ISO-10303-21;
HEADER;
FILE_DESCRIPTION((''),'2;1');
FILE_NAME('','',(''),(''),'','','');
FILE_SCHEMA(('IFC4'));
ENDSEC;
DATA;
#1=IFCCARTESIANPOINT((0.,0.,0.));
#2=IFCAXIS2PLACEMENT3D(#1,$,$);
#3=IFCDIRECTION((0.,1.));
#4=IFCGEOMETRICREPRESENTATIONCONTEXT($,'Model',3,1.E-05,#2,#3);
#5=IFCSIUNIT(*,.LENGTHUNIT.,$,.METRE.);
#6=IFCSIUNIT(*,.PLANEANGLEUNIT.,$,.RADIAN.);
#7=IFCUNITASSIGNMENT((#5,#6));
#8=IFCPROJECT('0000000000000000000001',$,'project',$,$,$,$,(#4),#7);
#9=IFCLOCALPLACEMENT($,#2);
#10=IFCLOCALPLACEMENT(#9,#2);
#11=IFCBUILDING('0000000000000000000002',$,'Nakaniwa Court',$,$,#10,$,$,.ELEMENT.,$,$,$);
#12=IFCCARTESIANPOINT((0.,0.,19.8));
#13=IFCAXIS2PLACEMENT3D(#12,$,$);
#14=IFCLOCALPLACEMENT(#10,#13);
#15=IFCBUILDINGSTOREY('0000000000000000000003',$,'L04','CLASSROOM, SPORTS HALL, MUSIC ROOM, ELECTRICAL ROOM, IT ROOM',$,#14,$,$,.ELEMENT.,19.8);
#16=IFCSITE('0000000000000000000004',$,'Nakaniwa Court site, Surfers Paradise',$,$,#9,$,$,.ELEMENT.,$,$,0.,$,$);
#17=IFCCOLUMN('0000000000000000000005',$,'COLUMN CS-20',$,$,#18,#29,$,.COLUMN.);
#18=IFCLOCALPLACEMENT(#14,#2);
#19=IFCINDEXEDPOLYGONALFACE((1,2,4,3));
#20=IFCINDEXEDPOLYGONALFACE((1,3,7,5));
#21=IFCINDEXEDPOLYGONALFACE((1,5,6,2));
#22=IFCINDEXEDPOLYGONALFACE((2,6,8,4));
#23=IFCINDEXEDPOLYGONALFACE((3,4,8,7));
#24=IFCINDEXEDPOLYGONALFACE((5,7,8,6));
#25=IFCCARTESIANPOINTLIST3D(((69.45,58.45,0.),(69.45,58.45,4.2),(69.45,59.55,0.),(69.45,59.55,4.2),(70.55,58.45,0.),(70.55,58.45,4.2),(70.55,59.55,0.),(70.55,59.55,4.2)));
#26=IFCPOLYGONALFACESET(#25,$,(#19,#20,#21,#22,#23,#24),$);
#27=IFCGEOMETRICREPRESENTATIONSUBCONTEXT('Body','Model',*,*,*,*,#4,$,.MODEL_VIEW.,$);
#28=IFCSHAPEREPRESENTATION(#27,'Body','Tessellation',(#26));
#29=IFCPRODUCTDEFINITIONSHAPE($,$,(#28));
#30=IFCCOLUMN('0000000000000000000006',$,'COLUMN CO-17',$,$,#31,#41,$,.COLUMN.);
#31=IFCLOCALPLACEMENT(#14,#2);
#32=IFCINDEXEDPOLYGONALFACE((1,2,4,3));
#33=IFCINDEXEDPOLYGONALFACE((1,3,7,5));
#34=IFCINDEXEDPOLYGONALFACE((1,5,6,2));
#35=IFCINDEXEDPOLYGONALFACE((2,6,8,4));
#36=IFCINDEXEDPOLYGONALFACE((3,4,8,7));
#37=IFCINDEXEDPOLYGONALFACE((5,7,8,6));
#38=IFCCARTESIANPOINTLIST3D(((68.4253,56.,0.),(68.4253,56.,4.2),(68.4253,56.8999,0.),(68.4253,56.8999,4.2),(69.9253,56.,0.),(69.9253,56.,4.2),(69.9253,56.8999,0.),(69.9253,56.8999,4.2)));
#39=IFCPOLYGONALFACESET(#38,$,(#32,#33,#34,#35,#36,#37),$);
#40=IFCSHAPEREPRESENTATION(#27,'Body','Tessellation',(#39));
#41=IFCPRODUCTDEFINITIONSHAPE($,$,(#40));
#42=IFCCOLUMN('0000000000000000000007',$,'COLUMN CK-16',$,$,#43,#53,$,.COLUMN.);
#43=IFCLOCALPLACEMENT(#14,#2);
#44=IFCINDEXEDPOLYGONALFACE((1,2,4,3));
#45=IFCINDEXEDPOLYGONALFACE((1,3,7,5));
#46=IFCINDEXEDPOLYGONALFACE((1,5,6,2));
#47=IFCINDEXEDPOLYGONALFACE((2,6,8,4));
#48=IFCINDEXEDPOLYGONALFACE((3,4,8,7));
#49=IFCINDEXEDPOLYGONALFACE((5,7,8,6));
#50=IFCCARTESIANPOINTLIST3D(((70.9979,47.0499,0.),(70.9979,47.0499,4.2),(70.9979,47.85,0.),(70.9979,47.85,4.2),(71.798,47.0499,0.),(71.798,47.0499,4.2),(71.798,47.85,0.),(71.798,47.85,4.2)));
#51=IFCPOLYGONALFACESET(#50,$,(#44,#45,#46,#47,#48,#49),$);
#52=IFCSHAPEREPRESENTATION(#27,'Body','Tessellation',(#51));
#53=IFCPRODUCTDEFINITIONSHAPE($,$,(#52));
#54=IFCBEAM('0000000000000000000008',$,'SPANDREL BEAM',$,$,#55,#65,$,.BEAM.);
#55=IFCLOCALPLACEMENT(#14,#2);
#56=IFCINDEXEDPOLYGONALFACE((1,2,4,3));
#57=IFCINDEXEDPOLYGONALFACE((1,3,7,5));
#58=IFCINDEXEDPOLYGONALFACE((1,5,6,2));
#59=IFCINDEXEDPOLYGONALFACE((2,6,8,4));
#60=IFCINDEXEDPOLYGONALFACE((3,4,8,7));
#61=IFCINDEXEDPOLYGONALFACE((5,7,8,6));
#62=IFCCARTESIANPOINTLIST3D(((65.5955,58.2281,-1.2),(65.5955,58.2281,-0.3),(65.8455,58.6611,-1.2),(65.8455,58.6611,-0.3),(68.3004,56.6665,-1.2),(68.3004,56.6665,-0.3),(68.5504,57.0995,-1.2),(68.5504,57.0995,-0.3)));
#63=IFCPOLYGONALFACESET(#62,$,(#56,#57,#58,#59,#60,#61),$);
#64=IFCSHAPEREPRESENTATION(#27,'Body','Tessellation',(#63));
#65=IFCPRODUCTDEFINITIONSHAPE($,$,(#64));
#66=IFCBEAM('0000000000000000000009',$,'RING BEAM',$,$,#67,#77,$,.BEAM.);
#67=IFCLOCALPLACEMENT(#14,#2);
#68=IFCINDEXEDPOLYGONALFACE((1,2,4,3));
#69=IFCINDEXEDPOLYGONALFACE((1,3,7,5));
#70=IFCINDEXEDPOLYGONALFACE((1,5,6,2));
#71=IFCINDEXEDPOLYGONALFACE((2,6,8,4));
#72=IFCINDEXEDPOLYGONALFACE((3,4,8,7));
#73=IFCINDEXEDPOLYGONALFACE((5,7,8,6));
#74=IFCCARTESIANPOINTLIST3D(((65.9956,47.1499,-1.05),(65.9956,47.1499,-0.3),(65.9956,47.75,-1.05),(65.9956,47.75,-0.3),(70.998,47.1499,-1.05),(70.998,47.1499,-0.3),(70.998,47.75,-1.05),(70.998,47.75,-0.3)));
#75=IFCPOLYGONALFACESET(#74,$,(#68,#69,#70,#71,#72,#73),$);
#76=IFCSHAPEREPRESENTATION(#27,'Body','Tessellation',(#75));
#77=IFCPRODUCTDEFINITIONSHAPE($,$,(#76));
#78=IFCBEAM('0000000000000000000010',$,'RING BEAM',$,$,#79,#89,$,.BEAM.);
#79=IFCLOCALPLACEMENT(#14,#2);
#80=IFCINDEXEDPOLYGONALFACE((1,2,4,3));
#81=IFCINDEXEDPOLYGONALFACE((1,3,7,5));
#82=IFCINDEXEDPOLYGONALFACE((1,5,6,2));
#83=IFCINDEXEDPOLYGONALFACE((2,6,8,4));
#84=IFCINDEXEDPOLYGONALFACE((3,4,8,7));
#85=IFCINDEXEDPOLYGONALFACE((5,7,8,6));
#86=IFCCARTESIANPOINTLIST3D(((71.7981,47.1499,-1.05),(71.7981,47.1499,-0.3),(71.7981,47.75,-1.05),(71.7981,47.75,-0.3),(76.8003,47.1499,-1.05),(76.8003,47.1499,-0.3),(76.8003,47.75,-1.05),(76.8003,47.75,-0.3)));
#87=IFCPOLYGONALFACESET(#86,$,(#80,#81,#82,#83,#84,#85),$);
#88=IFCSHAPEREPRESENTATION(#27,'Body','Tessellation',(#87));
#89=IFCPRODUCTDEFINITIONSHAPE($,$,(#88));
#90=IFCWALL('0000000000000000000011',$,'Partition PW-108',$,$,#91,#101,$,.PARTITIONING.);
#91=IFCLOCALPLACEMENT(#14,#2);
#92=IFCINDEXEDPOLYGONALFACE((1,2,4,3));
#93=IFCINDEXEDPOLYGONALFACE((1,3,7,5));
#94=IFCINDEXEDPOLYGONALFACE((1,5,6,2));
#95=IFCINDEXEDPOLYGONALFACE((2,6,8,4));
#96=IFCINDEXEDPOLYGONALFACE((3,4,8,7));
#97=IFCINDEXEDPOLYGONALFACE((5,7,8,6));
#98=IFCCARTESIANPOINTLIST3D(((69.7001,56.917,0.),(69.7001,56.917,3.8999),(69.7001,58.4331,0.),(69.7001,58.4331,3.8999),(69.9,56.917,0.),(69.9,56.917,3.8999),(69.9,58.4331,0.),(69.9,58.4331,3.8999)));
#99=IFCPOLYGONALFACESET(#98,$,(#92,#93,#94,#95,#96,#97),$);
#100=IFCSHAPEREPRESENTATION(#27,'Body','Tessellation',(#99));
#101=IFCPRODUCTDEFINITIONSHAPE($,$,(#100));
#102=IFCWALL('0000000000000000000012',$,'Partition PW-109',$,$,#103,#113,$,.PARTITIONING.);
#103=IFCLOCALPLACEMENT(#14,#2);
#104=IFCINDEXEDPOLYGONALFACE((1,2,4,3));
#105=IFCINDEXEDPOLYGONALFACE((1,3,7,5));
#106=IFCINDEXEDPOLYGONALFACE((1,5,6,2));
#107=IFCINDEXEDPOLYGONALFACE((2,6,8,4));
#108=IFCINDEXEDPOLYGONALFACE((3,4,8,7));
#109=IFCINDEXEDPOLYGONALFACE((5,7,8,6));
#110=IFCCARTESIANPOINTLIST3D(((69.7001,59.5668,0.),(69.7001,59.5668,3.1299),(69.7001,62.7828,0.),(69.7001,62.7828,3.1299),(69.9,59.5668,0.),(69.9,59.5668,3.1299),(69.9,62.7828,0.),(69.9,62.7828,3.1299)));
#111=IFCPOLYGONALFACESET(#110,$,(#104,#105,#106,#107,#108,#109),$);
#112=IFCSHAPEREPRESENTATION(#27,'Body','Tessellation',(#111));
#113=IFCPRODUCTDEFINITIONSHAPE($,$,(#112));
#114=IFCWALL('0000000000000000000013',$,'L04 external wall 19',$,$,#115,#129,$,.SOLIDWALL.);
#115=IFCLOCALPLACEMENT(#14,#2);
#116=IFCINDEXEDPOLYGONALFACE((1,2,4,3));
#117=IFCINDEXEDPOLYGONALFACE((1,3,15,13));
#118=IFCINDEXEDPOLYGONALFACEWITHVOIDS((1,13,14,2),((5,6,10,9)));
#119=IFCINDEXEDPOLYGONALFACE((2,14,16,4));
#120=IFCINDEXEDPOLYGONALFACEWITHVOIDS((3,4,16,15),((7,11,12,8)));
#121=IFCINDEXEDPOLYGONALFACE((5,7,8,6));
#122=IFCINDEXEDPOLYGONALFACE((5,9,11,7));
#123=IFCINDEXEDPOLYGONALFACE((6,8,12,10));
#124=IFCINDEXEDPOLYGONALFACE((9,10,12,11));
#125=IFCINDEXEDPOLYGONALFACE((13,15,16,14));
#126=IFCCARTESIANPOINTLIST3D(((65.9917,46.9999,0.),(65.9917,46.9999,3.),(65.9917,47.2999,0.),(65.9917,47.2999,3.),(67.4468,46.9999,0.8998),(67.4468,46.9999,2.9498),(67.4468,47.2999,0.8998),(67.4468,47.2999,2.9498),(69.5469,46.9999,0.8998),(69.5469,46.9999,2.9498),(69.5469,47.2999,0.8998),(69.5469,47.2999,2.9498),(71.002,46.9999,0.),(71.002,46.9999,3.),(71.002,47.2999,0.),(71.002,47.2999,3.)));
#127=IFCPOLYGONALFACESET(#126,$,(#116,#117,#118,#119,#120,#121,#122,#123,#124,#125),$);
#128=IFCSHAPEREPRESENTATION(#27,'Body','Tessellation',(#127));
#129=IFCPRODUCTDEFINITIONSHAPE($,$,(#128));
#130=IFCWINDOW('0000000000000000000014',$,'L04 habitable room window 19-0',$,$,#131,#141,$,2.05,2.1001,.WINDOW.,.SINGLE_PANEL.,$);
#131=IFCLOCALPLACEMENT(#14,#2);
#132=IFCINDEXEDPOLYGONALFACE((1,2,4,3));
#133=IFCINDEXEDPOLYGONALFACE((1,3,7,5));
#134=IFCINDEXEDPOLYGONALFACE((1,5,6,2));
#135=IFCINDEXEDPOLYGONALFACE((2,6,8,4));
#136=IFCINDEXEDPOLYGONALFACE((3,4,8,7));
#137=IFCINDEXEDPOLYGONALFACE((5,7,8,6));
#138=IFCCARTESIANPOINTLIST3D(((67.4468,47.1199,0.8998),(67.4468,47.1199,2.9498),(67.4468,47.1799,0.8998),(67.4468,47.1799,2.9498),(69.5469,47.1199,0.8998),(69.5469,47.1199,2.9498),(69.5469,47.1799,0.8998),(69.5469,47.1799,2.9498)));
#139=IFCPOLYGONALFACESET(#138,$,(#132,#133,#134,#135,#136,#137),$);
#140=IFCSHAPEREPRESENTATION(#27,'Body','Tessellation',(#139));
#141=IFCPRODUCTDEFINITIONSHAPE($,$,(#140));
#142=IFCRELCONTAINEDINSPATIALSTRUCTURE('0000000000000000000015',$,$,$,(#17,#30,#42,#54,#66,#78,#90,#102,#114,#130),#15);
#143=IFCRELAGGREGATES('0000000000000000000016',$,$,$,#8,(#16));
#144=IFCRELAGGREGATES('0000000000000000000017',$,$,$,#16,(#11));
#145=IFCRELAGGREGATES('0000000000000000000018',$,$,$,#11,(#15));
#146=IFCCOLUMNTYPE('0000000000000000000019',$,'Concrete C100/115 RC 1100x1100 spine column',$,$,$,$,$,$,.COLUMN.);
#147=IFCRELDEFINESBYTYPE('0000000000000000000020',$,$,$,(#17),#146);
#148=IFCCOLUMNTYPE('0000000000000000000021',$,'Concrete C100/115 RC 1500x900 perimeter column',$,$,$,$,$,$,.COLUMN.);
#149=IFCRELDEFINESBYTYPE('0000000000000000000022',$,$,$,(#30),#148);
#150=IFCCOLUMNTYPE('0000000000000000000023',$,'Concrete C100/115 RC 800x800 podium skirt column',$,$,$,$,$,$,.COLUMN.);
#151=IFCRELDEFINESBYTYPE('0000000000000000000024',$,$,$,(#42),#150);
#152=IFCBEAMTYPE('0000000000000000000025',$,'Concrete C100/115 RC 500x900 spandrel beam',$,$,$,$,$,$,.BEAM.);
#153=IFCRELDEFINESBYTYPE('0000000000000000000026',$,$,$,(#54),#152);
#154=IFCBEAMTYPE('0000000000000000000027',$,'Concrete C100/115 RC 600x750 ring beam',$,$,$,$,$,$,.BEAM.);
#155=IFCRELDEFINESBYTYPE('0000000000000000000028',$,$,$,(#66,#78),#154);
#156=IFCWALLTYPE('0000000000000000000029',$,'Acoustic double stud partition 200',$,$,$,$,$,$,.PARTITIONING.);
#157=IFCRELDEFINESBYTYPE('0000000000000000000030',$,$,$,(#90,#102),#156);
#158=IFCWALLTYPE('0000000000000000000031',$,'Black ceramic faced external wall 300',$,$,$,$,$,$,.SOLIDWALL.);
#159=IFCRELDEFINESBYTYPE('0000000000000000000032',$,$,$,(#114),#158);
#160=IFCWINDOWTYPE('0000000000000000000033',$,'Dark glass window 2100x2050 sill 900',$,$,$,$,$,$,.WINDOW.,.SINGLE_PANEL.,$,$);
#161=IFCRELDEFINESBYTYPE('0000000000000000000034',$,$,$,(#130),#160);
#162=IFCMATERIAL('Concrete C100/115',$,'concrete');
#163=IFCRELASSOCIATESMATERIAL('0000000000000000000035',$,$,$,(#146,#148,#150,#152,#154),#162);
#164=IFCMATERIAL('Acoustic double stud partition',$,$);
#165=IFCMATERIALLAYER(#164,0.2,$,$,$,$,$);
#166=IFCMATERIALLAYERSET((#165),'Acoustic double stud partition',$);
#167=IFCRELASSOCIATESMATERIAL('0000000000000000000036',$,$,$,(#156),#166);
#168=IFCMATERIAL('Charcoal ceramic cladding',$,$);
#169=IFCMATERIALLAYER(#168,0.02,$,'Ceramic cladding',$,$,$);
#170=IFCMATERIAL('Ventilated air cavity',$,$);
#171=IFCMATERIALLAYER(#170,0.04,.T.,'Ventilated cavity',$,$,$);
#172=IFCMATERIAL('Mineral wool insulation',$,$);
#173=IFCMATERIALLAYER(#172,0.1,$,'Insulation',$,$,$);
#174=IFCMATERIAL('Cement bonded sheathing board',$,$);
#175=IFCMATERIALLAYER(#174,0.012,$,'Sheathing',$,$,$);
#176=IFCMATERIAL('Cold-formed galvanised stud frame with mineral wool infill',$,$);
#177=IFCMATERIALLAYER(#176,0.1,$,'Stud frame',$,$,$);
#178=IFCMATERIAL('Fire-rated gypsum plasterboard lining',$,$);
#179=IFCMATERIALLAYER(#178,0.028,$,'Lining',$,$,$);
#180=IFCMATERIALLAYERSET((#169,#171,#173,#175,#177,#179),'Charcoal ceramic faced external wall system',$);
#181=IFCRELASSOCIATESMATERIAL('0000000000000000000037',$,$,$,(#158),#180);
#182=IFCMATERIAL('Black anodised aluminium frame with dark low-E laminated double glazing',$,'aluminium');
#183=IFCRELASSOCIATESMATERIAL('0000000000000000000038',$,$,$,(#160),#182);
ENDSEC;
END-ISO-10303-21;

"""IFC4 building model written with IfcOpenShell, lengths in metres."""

from ifc_helpers import new_model, si_unit, direction, frame, frame_2d, origin, origin_2d, place, context, subcontext, project, spatial, rectangle, extrude, material, layer, layer_set, material_profile, profile_set, type_object, element, fill, save


model = new_model("IFC4")

# Units and contexts
model_context = context("Model", 3, precision=1e-05, world=origin(), true_north=direction((0.0, 1.0)))
body_context = subcontext(model_context, "Body", "Model", "MODEL_VIEW")
ifc_project = project(units=[si_unit("LENGTHUNIT", "METRE"), si_unit("PLANEANGLEUNIT", "RADIAN")], contexts=[model_context])

# Site, building, storey
site_placement = place(None, origin())
site = spatial("IfcSite", under=ifc_project, at=site_placement, Name="Nakaniwa Court site, Surfers Paradise", CompositionType="ELEMENT", RefElevation=0.0)
building_placement = place(site_placement, origin())
building = spatial("IfcBuilding", under=site, at=building_placement, Name="Nakaniwa Court", CompositionType="ELEMENT")
storey_placement = place(building_placement, frame((0.0, 0.0, 19.8)))
storey = spatial("IfcBuildingStorey", under=building, at=storey_placement, Name="L04", Description="CLASSROOM, SPORTS HALL, MUSIC ROOM, ELECTRICAL ROOM, IT ROOM", CompositionType="ELEMENT", Elevation=19.8)

# Columns
ifc_material_1 = material(Name="Concrete C100/115", Category="concrete")
ifc_material_profile_1 = material_profile(ifc_material_1, rectangle(XDim=1.1001, YDim=1.1001, at=origin_2d()), Name="Concrete C100/115 RC 1100x1100 spine column")
ifc_profile_set_1 = profile_set([ifc_material_profile_1], Name="Concrete C100/115")
column_type_1 = type_object("IfcColumnType", Name="Concrete C100/115 RC 1100x1100 spine column", PredefinedType="COLUMN", material=ifc_profile_set_1)
column_1_placement = place(storey_placement, frame((70.0, 59.0, 0.0), z_axis=(0.0, 0.0, 1.0), x_axis=(0.0, -1.0, 0.0)))
element("IfcColumn", 1, at=column_1_placement, inside=storey, type_object=column_type_1, Name="COLUMN CS-20", PredefinedType="COLUMN", context=body_context, shape_type="SweptSolid", body=[
    extrude(rectangle(XDim=1.1001, YDim=1.1001, at=origin_2d()), origin(), (0.0, 0.0, 1.0), 4.2),
])
ifc_material_profile_2 = material_profile(ifc_material_1, rectangle(XDim=1.5, YDim=0.8999, at=origin_2d()), Name="Concrete C100/115 RC 1500x900 perimeter column")
ifc_profile_set_2 = profile_set([ifc_material_profile_2], Name="Concrete C100/115")
column_type_2 = type_object("IfcColumnType", Name="Concrete C100/115 RC 1500x900 perimeter column", PredefinedType="COLUMN", material=ifc_profile_set_2)
column_2_placement = place(storey_placement, frame((69.1753, 56.45, 0.0), z_axis=(0.0, 0.0, 1.0), x_axis=(1.0, 0.0, 0.0)))
element("IfcColumn", 2, at=column_2_placement, inside=storey, type_object=column_type_2, Name="COLUMN CO-17", PredefinedType="COLUMN", context=body_context, shape_type="SweptSolid", body=[
    extrude(rectangle(XDim=1.5, YDim=0.8999, at=origin_2d()), origin(), (0.0, 0.0, 1.0), 4.2),
])
ifc_material_profile_3 = material_profile(ifc_material_1, rectangle(XDim=0.8, YDim=0.8, at=origin_2d()), Name="Concrete C100/115 RC 800x800 podium skirt column")
ifc_profile_set_3 = profile_set([ifc_material_profile_3], Name="Concrete C100/115")
column_type_3 = type_object("IfcColumnType", Name="Concrete C100/115 RC 800x800 podium skirt column", PredefinedType="COLUMN", material=ifc_profile_set_3)
column_3_placement = place(storey_placement, frame((71.3979, 47.45, 0.0), z_axis=(0.0, 0.0, 1.0), x_axis=(1.0, 0.0, 0.0)))
element("IfcColumn", 3, at=column_3_placement, inside=storey, type_object=column_type_3, Name="COLUMN CK-16", PredefinedType="COLUMN", context=body_context, shape_type="SweptSolid", body=[
    extrude(rectangle(XDim=0.8, YDim=0.8, at=origin_2d()), origin(), (0.0, 0.0, 1.0), 4.2),
])

# Beams
ifc_material_profile_4 = material_profile(ifc_material_1, rectangle(XDim=0.5, YDim=0.8999, at=origin_2d()), Name="Concrete C100/115 RC 500x900 spandrel beam")
ifc_profile_set_4 = profile_set([ifc_material_profile_4], Name="Concrete C100/115")
beam_type_1 = type_object("IfcBeamType", Name="Concrete C100/115 RC 500x900 spandrel beam", PredefinedType="BEAM", material=ifc_profile_set_4)
beam_1_placement = place(storey_placement, frame((65.7205, 58.4446, -0.75), z_axis=(0.866041, -0.499973, 0.0), x_axis=(0.499973, 0.866041, 0.0)))
element("IfcBeam", 4, at=beam_1_placement, inside=storey, type_object=beam_type_1, Name="SPANDREL BEAM", PredefinedType="BEAM", context=body_context, shape_type="SweptSolid", body=[
    extrude(rectangle(XDim=0.5, YDim=0.8999, at=origin_2d()), origin(), (0.0, 0.0, 1.0), 3.1233),
])
ifc_material_profile_5 = material_profile(ifc_material_1, rectangle(XDim=0.6001, YDim=0.75, at=origin_2d()), Name="Concrete C100/115 RC 600x750 ring beam")
ifc_profile_set_5 = profile_set([ifc_material_profile_5], Name="Concrete C100/115")
beam_type_2 = type_object("IfcBeamType", Name="Concrete C100/115 RC 600x750 ring beam", PredefinedType="BEAM", material=ifc_profile_set_5)
beam_2_placement = place(storey_placement, frame((65.9956, 47.45, -0.675), z_axis=(1.0, 0.0, 0.0), x_axis=(0.0, 1.0, 0.0)))
element("IfcBeam", 5, at=beam_2_placement, inside=storey, type_object=beam_type_2, Name="RING BEAM", PredefinedType="BEAM", context=body_context, shape_type="SweptSolid", body=[
    extrude(rectangle(XDim=0.6001, YDim=0.75, at=origin_2d()), origin(), (0.0, 0.0, 1.0), 5.0024),
])
beam_3_placement = place(storey_placement, frame((71.7981, 47.45, -0.675), z_axis=(1.0, 0.0, 0.0), x_axis=(0.0, 1.0, 0.0)))
element("IfcBeam", 6, at=beam_3_placement, inside=storey, type_object=beam_type_2, Name="RING BEAM", PredefinedType="BEAM", context=body_context, shape_type="SweptSolid", body=[
    extrude(rectangle(XDim=0.6001, YDim=0.75, at=origin_2d()), origin(), (0.0, 0.0, 1.0), 5.0022),
])

# Walls
ifc_material_2 = material(Name="Acoustic double stud partition")
ifc_layer_1 = layer(ifc_material_2, 0.2)
ifc_layer_set_1 = layer_set([ifc_layer_1], Name="Acoustic double stud partition")
wall_type_1 = type_object("IfcWallType", Name="Acoustic double stud partition 200", PredefinedType="PARTITIONING", material=ifc_layer_set_1)
wall_1_placement = place(storey_placement, frame((69.8, 56.917, 0.0), z_axis=(0.0, 0.0, 1.0), x_axis=(0.0, 1.0, 0.0)))
element("IfcWall", 7, at=wall_1_placement, inside=storey, type_object=wall_type_1, Name="Partition PW-108", PredefinedType="PARTITIONING", context=body_context, shape_type="SweptSolid", body=[
    extrude(rectangle(XDim=1.5161, YDim=0.2, at=frame_2d((0.7581, 0.0))), origin(), (0.0, 0.0, 1.0), 3.8999),
])
wall_2_placement = place(storey_placement, frame((69.8, 59.5669, 0.0), z_axis=(0.0, 0.0, 1.0), x_axis=(0.0, 1.0, 0.0)))
element("IfcWall", 8, at=wall_2_placement, inside=storey, type_object=wall_type_1, Name="Partition PW-109", PredefinedType="PARTITIONING", context=body_context, shape_type="SweptSolid", body=[
    extrude(rectangle(XDim=3.2161, YDim=0.2, at=frame_2d((1.6079, 0.0))), origin(), (0.0, 0.0, 1.0), 3.1299),
])

# Wall, opening, window
ifc_material_3 = material(Name="Charcoal ceramic cladding")
ifc_layer_2 = layer(ifc_material_3, 0.02, Name="Ceramic cladding")
ifc_material_4 = material(Name="Ventilated air cavity")
ifc_layer_3 = layer(ifc_material_4, 0.04, ventilated=True, Name="Ventilated cavity")
ifc_material_5 = material(Name="Mineral wool insulation")
ifc_layer_4 = layer(ifc_material_5, 0.1, Name="Insulation")
ifc_material_6 = material(Name="Cement bonded sheathing board")
ifc_layer_5 = layer(ifc_material_6, 0.012, Name="Sheathing")
ifc_material_7 = material(Name="Cold-formed galvanised stud frame with mineral wool infill")
ifc_layer_6 = layer(ifc_material_7, 0.1, Name="Stud frame")
ifc_material_8 = material(Name="Fire-rated gypsum plasterboard lining")
ifc_layer_7 = layer(ifc_material_8, 0.028, Name="Lining")
ifc_layer_set_2 = layer_set([ifc_layer_2, ifc_layer_3, ifc_layer_4, ifc_layer_5, ifc_layer_6, ifc_layer_7], Name="Charcoal ceramic faced external wall system")
wall_type_2 = type_object("IfcWallType", Name="Black ceramic faced external wall 300", PredefinedType="SOLIDWALL", material=ifc_layer_set_2)
wall_3_placement = place(storey_placement, frame((65.9917, 47.1499, 0.0), z_axis=(0.0, 0.0, 1.0), x_axis=(1.0, 0.0, 0.0)))
wall_3 = element("IfcWall", 9, at=wall_3_placement, inside=storey, type_object=wall_type_2, Name="L04 external wall 19", PredefinedType="SOLIDWALL", context=body_context, shape_type="SweptSolid", body=[
    extrude(rectangle(XDim=5.0103, YDim=0.3, at=frame_2d((2.5051, 0.0))), origin(), (0.0, 0.0, 1.0), 3.0),
])
opening_1_placement = place(wall_3_placement, frame((1.4551, 0.0, 0.8999)))
opening_1 = element("IfcOpeningElement", 10, at=opening_1_placement, cuts=wall_3, PredefinedType="OPENING", context=body_context, shape_type="SweptSolid", body=[
    extrude(rectangle(XDim=2.1001, YDim=2.05, at=frame_2d((1.05, 1.0249))), frame((0.0, 0.1599, 0.0), z_axis=(0.0, -1.0, 0.0), x_axis=(1.0, 0.0, 0.0)), (0.0, 0.0, 1.0), 0.3201),
])
ifc_material_9 = material(Name="Black anodised aluminium frame with dark low-E laminated double glazing", Category="aluminium")
window_type_1 = type_object("IfcWindowType", Name="Dark glass window 2100x2050 sill 900", PartitioningType="SINGLE_PANEL", PredefinedType="WINDOW", material=ifc_material_9)
window_1_placement = place(opening_1_placement, origin())
window_1 = element("IfcWindow", 11, at=window_1_placement, inside=storey, type_object=window_type_1, Name="L04 habitable room window 19-0", OverallHeight=2.05, OverallWidth=2.1001, PartitioningType="SINGLE_PANEL", PredefinedType="WINDOW", context=body_context, shape_type="SweptSolid", body=[
    extrude(rectangle(XDim=2.1001, YDim=2.05, at=frame_2d((1.05, 1.0249))), frame((0.0, 0.03, 0.0), z_axis=(0.0, -1.0, 0.0), x_axis=(1.0, 0.0, 0.0)), (0.0, 0.0, 1.0), 0.0601),
])
fill(opening_1, window_1)

save(model, "model.ifc")
